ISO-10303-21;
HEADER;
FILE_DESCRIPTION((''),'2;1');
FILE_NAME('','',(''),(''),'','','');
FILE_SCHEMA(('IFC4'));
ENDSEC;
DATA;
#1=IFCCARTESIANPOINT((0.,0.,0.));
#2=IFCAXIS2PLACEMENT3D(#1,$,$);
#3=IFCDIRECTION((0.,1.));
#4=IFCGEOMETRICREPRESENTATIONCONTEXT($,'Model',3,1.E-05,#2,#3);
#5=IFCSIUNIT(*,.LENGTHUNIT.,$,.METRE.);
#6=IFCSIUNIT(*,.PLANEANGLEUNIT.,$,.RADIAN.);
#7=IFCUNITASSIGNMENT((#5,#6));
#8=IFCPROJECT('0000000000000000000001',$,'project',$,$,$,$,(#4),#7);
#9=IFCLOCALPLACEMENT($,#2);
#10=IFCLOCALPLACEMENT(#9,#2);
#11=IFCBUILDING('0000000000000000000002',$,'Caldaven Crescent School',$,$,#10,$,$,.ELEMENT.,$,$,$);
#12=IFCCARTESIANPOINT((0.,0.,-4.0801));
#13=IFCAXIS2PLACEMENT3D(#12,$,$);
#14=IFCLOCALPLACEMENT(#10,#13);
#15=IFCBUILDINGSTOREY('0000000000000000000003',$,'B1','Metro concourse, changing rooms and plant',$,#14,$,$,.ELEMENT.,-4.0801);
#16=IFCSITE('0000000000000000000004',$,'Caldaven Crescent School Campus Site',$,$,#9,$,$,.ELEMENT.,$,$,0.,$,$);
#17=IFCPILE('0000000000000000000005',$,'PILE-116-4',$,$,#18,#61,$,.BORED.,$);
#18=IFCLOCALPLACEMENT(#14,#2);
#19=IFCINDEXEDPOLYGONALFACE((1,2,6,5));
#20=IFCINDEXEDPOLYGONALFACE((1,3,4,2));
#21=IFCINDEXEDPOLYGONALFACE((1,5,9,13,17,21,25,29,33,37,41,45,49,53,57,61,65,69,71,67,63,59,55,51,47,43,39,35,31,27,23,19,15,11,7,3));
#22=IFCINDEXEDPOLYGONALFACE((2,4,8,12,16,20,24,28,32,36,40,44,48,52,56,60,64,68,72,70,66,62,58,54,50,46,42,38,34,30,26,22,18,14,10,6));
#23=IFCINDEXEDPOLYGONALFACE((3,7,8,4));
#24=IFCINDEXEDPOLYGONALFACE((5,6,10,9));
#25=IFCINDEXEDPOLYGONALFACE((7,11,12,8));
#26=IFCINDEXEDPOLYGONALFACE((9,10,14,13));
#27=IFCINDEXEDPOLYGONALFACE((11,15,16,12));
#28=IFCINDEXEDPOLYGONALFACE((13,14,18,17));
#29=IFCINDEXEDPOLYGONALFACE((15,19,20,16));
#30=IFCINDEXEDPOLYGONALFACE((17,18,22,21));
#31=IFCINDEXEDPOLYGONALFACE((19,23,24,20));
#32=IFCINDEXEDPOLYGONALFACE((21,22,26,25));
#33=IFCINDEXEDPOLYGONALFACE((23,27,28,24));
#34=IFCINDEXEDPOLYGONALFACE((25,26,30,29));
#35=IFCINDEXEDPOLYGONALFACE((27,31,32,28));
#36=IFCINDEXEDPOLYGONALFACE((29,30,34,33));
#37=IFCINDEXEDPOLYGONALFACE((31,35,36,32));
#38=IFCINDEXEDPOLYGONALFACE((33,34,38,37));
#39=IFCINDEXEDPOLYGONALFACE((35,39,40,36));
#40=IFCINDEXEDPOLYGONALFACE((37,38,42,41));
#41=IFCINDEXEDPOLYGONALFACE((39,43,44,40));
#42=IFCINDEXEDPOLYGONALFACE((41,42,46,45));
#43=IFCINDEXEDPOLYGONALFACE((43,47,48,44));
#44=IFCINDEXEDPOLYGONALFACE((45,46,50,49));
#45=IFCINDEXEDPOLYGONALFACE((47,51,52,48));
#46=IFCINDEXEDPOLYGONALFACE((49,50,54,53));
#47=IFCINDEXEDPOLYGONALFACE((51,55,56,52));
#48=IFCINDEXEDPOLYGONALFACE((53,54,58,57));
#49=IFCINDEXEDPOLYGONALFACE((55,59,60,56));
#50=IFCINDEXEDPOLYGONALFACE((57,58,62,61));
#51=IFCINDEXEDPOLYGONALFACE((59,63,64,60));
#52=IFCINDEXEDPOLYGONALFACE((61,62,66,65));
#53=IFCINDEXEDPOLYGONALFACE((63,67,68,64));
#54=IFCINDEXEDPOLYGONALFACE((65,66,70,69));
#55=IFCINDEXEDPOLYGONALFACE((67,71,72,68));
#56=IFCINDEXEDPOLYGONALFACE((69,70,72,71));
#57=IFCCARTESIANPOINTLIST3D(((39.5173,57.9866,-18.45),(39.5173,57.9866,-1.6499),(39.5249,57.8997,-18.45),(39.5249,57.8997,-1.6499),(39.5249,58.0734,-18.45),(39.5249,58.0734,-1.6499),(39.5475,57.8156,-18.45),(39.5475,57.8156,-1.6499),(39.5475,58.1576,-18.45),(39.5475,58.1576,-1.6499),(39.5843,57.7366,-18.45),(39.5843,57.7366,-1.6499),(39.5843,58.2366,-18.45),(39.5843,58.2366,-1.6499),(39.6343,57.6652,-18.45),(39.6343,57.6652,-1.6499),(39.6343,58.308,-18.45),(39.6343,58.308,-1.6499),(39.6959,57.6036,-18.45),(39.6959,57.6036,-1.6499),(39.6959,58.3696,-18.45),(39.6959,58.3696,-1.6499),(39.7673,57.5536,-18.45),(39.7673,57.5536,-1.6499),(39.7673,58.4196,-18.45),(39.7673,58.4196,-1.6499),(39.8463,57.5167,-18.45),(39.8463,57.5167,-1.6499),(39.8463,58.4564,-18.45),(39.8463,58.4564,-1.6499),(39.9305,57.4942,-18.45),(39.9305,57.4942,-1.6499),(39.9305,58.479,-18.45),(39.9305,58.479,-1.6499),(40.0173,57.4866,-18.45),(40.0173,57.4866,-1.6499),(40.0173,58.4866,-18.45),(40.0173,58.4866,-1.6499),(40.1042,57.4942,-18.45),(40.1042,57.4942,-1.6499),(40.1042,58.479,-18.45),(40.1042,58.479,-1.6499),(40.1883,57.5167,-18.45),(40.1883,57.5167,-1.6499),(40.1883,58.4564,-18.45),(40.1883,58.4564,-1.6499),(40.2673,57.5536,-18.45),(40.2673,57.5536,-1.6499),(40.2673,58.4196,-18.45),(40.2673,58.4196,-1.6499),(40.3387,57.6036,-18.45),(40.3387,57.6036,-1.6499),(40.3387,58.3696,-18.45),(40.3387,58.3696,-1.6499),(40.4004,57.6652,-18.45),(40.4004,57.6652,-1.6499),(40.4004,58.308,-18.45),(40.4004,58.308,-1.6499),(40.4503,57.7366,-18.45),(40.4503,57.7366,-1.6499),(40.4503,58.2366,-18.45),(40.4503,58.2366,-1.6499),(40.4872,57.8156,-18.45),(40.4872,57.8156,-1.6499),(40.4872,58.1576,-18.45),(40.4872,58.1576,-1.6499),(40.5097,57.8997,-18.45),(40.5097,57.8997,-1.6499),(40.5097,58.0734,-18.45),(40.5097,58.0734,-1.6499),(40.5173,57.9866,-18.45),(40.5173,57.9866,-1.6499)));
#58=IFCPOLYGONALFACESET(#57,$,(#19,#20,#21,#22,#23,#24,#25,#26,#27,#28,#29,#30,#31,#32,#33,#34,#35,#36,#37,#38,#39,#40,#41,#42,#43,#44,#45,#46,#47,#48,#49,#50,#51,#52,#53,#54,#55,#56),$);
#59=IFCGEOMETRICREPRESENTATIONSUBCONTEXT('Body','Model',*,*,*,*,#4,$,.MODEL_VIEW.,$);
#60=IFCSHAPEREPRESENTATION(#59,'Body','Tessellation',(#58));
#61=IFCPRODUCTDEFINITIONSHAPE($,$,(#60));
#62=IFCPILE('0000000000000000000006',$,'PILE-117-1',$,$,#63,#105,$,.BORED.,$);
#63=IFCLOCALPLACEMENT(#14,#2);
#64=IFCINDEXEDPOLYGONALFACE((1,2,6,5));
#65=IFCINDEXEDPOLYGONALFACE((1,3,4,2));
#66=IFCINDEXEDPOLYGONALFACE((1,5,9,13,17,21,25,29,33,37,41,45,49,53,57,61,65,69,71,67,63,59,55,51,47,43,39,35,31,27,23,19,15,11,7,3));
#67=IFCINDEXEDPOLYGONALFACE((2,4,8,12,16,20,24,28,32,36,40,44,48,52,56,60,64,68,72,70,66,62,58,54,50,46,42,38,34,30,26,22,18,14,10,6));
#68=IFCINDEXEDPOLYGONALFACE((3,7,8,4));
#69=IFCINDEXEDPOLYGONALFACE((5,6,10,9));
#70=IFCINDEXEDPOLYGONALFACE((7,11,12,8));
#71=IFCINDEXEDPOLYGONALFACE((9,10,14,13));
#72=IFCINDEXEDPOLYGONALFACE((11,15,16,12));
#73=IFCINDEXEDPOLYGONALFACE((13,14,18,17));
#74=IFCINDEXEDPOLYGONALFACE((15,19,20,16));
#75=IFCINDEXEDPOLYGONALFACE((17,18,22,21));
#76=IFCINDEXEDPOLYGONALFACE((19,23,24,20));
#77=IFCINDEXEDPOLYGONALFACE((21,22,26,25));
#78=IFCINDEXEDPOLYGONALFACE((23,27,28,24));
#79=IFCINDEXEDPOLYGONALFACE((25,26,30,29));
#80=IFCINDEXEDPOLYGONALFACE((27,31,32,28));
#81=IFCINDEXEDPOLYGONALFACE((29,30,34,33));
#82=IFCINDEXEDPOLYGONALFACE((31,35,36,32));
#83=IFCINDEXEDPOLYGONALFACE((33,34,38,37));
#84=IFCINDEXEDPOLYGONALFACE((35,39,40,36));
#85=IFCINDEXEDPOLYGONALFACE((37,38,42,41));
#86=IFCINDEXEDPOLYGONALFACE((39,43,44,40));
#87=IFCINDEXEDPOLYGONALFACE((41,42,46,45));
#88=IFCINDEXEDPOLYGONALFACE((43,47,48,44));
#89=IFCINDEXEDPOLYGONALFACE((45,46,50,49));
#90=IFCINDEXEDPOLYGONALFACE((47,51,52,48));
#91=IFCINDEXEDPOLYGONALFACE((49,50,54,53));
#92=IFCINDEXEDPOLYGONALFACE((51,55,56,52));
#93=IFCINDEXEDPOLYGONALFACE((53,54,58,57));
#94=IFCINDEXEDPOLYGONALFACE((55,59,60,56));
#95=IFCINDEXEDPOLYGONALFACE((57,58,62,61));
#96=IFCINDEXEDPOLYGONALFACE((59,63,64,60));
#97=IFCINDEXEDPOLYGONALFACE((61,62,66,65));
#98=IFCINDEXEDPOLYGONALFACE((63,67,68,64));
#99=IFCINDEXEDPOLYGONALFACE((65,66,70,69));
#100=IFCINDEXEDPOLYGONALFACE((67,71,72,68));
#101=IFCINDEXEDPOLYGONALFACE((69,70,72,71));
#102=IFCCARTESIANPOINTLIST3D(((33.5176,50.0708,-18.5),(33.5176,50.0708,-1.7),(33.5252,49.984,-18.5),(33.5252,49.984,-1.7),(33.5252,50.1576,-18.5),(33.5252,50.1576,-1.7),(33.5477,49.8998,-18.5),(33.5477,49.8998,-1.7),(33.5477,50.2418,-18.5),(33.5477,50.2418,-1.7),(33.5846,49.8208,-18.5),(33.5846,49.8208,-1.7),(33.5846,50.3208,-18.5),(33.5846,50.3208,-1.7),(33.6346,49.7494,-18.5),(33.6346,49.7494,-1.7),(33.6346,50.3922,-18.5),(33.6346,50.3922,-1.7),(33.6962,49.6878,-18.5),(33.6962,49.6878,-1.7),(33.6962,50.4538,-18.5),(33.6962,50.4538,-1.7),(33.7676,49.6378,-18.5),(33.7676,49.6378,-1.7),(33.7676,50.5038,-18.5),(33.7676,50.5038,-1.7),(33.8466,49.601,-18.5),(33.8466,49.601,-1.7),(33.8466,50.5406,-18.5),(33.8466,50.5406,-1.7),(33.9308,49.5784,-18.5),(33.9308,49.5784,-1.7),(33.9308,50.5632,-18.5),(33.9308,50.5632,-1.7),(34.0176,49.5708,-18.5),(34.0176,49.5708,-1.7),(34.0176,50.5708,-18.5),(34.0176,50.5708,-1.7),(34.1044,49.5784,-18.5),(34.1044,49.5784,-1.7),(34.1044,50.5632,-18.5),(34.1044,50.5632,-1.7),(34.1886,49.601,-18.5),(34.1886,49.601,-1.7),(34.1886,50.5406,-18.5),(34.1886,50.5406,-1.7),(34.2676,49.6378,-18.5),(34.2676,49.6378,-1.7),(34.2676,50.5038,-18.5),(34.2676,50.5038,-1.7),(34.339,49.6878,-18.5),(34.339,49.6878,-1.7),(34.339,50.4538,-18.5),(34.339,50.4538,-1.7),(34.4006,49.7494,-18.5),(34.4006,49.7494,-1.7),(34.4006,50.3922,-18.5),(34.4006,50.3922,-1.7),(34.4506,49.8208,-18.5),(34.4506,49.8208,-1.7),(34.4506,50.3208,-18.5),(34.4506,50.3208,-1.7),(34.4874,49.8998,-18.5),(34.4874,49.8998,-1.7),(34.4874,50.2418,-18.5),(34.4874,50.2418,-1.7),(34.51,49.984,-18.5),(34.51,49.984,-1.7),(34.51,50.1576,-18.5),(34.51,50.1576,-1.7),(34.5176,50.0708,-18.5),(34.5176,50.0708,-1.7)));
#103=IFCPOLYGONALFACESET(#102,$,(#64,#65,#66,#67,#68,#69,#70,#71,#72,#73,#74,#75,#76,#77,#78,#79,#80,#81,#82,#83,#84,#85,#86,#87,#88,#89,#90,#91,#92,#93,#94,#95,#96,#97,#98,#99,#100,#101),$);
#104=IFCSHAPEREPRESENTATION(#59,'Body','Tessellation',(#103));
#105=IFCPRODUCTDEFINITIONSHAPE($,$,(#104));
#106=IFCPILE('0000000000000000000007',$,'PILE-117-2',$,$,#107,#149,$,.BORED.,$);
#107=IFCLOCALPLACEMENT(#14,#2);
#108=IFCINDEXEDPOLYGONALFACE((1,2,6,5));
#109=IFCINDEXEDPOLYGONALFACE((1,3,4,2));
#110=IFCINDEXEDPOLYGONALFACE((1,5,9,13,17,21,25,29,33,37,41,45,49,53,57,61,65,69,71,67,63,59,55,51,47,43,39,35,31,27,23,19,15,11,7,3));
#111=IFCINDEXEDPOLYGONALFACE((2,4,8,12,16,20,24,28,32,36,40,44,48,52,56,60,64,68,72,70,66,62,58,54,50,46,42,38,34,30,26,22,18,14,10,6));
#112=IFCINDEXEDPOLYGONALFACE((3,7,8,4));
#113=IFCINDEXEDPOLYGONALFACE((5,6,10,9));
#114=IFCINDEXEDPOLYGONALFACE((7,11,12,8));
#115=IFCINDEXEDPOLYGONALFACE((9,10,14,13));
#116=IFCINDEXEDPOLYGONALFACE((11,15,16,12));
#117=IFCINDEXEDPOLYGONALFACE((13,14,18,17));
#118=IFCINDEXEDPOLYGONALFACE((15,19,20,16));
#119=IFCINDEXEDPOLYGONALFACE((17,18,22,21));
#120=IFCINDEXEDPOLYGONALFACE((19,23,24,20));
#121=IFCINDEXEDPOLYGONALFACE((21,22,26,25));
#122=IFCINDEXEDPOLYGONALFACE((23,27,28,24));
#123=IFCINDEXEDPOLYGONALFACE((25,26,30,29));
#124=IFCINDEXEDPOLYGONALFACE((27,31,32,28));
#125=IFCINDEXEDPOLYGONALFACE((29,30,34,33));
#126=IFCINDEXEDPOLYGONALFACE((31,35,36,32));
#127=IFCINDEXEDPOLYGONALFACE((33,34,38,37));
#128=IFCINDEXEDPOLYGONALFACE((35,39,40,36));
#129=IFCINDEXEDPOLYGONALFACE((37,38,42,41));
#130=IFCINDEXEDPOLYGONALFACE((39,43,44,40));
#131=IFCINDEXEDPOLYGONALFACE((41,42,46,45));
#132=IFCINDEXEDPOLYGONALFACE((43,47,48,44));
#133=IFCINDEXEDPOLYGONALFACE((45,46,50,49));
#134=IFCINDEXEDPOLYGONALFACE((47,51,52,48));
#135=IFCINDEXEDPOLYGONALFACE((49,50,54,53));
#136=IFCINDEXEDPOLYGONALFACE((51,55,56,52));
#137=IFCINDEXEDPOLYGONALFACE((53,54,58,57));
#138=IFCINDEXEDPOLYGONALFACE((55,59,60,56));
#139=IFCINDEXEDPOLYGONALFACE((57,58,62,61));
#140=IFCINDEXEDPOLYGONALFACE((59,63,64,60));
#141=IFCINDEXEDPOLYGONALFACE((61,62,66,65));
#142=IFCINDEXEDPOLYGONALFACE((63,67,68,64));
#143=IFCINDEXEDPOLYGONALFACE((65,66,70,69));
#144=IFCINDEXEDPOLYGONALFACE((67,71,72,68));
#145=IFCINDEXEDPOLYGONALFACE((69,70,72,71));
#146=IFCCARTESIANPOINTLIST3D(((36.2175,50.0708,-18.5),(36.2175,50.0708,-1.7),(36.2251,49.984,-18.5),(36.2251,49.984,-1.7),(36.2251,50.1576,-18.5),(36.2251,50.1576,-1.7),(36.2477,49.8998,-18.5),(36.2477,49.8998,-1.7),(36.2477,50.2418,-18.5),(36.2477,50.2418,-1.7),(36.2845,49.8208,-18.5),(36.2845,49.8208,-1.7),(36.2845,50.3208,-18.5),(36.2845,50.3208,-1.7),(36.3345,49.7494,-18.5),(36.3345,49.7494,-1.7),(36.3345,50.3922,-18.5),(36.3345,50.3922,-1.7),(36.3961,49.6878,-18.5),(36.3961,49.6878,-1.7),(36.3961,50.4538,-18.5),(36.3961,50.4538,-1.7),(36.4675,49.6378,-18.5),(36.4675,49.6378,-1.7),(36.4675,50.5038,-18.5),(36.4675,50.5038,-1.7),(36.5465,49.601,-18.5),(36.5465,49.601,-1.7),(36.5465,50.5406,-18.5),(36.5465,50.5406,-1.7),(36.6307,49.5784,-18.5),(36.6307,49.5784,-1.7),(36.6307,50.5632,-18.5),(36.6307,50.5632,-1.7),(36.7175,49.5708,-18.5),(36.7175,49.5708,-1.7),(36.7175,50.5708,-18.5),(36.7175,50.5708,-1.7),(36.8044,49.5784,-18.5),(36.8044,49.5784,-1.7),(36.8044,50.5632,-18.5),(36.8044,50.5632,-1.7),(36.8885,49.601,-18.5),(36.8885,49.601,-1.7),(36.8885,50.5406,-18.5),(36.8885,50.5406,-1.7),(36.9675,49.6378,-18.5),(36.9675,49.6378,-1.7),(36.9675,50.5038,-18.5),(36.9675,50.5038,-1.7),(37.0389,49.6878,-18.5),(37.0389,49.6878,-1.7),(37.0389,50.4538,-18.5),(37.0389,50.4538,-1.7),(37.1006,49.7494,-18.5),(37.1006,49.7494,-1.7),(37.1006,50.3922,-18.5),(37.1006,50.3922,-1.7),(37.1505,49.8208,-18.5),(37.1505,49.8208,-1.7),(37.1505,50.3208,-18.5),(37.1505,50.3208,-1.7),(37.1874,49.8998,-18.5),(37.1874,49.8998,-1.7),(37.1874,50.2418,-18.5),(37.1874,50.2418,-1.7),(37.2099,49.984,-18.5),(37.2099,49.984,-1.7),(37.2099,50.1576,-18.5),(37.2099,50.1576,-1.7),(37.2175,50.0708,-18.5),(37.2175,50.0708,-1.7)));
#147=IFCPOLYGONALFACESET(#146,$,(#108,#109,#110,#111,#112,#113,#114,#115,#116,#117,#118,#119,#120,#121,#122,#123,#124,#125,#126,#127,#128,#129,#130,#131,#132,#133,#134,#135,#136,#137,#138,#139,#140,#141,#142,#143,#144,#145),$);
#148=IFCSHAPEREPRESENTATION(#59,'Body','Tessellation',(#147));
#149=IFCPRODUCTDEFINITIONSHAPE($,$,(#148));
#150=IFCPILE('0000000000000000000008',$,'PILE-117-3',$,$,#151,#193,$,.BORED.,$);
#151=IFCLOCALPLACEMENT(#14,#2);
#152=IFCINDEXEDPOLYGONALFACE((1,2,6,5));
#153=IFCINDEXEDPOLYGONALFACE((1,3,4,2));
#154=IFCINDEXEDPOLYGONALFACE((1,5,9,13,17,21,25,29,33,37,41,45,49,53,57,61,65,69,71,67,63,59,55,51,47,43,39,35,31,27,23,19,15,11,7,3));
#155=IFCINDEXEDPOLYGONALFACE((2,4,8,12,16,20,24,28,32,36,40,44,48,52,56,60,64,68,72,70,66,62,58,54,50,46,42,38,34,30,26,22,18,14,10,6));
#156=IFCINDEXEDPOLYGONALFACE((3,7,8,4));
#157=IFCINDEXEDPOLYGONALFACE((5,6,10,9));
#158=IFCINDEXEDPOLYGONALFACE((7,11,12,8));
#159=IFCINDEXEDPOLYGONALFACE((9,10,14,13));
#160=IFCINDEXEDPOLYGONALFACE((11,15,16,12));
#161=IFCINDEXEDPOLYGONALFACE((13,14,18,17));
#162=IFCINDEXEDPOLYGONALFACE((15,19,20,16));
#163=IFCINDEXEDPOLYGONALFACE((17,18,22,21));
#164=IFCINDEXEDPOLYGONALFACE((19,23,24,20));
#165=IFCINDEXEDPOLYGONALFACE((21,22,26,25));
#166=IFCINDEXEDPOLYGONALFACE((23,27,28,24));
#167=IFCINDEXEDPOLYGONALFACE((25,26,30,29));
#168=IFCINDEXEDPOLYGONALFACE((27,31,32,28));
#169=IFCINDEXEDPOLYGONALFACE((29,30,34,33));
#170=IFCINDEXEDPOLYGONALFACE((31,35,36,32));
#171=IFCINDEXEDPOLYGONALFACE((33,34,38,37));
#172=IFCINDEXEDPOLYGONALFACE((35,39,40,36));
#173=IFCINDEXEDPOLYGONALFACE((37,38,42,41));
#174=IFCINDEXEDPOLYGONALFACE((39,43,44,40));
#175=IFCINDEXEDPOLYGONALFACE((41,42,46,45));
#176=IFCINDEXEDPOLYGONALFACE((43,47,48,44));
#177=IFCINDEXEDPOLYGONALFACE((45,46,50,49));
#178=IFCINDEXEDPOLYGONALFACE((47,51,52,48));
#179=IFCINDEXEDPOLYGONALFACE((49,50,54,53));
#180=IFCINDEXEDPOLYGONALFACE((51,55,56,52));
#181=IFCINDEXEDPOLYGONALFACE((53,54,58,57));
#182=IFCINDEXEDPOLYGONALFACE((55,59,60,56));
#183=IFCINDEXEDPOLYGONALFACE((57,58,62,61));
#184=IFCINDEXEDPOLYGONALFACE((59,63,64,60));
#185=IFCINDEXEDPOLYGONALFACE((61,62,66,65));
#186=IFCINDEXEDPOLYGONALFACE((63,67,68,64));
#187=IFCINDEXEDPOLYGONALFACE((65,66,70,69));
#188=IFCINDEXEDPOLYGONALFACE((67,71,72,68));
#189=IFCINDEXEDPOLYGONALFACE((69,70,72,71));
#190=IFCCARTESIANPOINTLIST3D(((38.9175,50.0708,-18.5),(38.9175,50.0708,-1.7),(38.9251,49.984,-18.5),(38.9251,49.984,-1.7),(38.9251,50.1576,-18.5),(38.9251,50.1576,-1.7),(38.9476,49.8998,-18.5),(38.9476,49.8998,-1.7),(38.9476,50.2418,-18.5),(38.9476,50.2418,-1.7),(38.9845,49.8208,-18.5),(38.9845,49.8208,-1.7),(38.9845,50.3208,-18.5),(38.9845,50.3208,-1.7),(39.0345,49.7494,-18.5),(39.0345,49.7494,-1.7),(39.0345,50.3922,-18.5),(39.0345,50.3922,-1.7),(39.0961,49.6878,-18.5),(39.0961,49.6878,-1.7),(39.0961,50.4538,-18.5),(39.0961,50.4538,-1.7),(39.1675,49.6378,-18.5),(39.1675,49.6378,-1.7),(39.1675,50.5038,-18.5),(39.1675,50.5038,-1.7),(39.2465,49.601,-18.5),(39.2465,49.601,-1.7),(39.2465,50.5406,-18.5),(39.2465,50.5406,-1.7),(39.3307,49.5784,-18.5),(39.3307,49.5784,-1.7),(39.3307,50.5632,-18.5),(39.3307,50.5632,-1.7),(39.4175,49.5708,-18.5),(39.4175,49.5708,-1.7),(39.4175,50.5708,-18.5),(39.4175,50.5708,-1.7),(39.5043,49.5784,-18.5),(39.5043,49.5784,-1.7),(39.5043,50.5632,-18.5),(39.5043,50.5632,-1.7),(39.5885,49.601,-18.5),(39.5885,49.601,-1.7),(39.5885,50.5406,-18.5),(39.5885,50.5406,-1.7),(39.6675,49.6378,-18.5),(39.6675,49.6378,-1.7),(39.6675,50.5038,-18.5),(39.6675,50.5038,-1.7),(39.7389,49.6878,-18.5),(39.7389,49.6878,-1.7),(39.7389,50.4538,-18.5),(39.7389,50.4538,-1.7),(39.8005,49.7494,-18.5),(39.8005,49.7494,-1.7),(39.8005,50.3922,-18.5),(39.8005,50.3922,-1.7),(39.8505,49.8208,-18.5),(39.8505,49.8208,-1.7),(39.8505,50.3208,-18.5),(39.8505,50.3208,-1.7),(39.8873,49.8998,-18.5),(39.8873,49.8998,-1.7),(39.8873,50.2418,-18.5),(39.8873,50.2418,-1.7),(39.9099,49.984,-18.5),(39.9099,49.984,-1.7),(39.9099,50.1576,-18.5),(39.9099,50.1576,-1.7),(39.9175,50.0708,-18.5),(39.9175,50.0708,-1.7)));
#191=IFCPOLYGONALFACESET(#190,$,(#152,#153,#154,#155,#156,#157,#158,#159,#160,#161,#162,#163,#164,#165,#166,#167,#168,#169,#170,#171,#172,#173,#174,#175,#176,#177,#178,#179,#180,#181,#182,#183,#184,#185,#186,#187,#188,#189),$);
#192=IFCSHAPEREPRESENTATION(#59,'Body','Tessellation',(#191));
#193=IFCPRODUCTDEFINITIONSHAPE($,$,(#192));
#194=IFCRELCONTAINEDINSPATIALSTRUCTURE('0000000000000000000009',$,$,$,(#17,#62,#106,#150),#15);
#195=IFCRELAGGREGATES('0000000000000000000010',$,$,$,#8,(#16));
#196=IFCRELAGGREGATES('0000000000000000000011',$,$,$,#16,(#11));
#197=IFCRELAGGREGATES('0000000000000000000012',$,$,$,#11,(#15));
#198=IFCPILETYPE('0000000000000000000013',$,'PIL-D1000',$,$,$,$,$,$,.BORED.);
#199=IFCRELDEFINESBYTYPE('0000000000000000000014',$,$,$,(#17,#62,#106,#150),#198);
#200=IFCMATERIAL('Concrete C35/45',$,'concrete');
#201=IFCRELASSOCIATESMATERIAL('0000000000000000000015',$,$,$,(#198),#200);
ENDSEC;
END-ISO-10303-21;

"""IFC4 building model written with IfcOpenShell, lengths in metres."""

from ifc_helpers import new_model, si_unit, direction, frame, origin, origin_2d, place, context, subcontext, project, spatial, circle, extrude, material, material_profile, profile_set, type_object, element, save


model = new_model("IFC4")

# Units and contexts
model_context = context("Model", 3, precision=1e-05, world=origin(), true_north=direction((0.0, 1.0)))
body_context = subcontext(model_context, "Body", "Model", "MODEL_VIEW")
ifc_project = project(units=[si_unit("LENGTHUNIT", "METRE"), si_unit("PLANEANGLEUNIT", "RADIAN")], contexts=[model_context])

# Site, building, storey
site_placement = place(None, origin())
site = spatial("IfcSite", under=ifc_project, at=site_placement, Name="Caldaven Crescent School Campus Site", CompositionType="ELEMENT", RefElevation=0.0)
building_placement = place(site_placement, origin())
building = spatial("IfcBuilding", under=site, at=building_placement, Name="Caldaven Crescent School", CompositionType="ELEMENT")
storey_placement = place(building_placement, frame((0.0, 0.0, -4.0801)))
storey = spatial("IfcBuildingStorey", under=building, at=storey_placement, Name="B1", Description="Metro concourse, changing rooms and plant", CompositionType="ELEMENT", Elevation=-4.0801)

# Shared definitions
ifc_material_1 = material(Name="Concrete C35/45", Category="concrete")

# Piles
ifc_material_profile_1 = material_profile(ifc_material_1, circle(Radius=0.5, at=origin_2d()), Name="PILE D1000")
ifc_profile_set_1 = profile_set([ifc_material_profile_1], Name="Concrete C35/45")
pile_type = type_object("IfcPileType", Name="PIL-D1000", PredefinedType="BORED", material=ifc_profile_set_1)
for number, where, z_axis, x_axis, name in (
    (1, (40.0173, 57.9866, -1.6499), (0.0, 0.0, -1.0), (1.0, 0.0, 0.0), "PILE-116-4"),
    (2, (34.0176, 50.0708, -1.7), (0.0, 0.0, -1.0), (1.0, 0.0, 0.0), "PILE-117-1"),
    (3, (36.7175, 50.0708, -1.7), (0.0, 0.0, -1.0), (1.0, 0.0, 0.0), "PILE-117-2"),
    (4, (39.4175, 50.0708, -1.7), (0.0, 0.0, -1.0), (1.0, 0.0, 0.0), "PILE-117-3"),
):
    element("IfcPile", number, at=place(storey_placement, frame(where, z_axis=z_axis, x_axis=x_axis)), inside=storey, type_object=pile_type, Name=name, PredefinedType="BORED", context=body_context, shape_type="SweptSolid", body=[
        extrude(circle(Radius=0.5, at=origin_2d()), origin(), (0.0, 0.0, 1.0), 16.8),
    ])

save(model, "model.ifc")
